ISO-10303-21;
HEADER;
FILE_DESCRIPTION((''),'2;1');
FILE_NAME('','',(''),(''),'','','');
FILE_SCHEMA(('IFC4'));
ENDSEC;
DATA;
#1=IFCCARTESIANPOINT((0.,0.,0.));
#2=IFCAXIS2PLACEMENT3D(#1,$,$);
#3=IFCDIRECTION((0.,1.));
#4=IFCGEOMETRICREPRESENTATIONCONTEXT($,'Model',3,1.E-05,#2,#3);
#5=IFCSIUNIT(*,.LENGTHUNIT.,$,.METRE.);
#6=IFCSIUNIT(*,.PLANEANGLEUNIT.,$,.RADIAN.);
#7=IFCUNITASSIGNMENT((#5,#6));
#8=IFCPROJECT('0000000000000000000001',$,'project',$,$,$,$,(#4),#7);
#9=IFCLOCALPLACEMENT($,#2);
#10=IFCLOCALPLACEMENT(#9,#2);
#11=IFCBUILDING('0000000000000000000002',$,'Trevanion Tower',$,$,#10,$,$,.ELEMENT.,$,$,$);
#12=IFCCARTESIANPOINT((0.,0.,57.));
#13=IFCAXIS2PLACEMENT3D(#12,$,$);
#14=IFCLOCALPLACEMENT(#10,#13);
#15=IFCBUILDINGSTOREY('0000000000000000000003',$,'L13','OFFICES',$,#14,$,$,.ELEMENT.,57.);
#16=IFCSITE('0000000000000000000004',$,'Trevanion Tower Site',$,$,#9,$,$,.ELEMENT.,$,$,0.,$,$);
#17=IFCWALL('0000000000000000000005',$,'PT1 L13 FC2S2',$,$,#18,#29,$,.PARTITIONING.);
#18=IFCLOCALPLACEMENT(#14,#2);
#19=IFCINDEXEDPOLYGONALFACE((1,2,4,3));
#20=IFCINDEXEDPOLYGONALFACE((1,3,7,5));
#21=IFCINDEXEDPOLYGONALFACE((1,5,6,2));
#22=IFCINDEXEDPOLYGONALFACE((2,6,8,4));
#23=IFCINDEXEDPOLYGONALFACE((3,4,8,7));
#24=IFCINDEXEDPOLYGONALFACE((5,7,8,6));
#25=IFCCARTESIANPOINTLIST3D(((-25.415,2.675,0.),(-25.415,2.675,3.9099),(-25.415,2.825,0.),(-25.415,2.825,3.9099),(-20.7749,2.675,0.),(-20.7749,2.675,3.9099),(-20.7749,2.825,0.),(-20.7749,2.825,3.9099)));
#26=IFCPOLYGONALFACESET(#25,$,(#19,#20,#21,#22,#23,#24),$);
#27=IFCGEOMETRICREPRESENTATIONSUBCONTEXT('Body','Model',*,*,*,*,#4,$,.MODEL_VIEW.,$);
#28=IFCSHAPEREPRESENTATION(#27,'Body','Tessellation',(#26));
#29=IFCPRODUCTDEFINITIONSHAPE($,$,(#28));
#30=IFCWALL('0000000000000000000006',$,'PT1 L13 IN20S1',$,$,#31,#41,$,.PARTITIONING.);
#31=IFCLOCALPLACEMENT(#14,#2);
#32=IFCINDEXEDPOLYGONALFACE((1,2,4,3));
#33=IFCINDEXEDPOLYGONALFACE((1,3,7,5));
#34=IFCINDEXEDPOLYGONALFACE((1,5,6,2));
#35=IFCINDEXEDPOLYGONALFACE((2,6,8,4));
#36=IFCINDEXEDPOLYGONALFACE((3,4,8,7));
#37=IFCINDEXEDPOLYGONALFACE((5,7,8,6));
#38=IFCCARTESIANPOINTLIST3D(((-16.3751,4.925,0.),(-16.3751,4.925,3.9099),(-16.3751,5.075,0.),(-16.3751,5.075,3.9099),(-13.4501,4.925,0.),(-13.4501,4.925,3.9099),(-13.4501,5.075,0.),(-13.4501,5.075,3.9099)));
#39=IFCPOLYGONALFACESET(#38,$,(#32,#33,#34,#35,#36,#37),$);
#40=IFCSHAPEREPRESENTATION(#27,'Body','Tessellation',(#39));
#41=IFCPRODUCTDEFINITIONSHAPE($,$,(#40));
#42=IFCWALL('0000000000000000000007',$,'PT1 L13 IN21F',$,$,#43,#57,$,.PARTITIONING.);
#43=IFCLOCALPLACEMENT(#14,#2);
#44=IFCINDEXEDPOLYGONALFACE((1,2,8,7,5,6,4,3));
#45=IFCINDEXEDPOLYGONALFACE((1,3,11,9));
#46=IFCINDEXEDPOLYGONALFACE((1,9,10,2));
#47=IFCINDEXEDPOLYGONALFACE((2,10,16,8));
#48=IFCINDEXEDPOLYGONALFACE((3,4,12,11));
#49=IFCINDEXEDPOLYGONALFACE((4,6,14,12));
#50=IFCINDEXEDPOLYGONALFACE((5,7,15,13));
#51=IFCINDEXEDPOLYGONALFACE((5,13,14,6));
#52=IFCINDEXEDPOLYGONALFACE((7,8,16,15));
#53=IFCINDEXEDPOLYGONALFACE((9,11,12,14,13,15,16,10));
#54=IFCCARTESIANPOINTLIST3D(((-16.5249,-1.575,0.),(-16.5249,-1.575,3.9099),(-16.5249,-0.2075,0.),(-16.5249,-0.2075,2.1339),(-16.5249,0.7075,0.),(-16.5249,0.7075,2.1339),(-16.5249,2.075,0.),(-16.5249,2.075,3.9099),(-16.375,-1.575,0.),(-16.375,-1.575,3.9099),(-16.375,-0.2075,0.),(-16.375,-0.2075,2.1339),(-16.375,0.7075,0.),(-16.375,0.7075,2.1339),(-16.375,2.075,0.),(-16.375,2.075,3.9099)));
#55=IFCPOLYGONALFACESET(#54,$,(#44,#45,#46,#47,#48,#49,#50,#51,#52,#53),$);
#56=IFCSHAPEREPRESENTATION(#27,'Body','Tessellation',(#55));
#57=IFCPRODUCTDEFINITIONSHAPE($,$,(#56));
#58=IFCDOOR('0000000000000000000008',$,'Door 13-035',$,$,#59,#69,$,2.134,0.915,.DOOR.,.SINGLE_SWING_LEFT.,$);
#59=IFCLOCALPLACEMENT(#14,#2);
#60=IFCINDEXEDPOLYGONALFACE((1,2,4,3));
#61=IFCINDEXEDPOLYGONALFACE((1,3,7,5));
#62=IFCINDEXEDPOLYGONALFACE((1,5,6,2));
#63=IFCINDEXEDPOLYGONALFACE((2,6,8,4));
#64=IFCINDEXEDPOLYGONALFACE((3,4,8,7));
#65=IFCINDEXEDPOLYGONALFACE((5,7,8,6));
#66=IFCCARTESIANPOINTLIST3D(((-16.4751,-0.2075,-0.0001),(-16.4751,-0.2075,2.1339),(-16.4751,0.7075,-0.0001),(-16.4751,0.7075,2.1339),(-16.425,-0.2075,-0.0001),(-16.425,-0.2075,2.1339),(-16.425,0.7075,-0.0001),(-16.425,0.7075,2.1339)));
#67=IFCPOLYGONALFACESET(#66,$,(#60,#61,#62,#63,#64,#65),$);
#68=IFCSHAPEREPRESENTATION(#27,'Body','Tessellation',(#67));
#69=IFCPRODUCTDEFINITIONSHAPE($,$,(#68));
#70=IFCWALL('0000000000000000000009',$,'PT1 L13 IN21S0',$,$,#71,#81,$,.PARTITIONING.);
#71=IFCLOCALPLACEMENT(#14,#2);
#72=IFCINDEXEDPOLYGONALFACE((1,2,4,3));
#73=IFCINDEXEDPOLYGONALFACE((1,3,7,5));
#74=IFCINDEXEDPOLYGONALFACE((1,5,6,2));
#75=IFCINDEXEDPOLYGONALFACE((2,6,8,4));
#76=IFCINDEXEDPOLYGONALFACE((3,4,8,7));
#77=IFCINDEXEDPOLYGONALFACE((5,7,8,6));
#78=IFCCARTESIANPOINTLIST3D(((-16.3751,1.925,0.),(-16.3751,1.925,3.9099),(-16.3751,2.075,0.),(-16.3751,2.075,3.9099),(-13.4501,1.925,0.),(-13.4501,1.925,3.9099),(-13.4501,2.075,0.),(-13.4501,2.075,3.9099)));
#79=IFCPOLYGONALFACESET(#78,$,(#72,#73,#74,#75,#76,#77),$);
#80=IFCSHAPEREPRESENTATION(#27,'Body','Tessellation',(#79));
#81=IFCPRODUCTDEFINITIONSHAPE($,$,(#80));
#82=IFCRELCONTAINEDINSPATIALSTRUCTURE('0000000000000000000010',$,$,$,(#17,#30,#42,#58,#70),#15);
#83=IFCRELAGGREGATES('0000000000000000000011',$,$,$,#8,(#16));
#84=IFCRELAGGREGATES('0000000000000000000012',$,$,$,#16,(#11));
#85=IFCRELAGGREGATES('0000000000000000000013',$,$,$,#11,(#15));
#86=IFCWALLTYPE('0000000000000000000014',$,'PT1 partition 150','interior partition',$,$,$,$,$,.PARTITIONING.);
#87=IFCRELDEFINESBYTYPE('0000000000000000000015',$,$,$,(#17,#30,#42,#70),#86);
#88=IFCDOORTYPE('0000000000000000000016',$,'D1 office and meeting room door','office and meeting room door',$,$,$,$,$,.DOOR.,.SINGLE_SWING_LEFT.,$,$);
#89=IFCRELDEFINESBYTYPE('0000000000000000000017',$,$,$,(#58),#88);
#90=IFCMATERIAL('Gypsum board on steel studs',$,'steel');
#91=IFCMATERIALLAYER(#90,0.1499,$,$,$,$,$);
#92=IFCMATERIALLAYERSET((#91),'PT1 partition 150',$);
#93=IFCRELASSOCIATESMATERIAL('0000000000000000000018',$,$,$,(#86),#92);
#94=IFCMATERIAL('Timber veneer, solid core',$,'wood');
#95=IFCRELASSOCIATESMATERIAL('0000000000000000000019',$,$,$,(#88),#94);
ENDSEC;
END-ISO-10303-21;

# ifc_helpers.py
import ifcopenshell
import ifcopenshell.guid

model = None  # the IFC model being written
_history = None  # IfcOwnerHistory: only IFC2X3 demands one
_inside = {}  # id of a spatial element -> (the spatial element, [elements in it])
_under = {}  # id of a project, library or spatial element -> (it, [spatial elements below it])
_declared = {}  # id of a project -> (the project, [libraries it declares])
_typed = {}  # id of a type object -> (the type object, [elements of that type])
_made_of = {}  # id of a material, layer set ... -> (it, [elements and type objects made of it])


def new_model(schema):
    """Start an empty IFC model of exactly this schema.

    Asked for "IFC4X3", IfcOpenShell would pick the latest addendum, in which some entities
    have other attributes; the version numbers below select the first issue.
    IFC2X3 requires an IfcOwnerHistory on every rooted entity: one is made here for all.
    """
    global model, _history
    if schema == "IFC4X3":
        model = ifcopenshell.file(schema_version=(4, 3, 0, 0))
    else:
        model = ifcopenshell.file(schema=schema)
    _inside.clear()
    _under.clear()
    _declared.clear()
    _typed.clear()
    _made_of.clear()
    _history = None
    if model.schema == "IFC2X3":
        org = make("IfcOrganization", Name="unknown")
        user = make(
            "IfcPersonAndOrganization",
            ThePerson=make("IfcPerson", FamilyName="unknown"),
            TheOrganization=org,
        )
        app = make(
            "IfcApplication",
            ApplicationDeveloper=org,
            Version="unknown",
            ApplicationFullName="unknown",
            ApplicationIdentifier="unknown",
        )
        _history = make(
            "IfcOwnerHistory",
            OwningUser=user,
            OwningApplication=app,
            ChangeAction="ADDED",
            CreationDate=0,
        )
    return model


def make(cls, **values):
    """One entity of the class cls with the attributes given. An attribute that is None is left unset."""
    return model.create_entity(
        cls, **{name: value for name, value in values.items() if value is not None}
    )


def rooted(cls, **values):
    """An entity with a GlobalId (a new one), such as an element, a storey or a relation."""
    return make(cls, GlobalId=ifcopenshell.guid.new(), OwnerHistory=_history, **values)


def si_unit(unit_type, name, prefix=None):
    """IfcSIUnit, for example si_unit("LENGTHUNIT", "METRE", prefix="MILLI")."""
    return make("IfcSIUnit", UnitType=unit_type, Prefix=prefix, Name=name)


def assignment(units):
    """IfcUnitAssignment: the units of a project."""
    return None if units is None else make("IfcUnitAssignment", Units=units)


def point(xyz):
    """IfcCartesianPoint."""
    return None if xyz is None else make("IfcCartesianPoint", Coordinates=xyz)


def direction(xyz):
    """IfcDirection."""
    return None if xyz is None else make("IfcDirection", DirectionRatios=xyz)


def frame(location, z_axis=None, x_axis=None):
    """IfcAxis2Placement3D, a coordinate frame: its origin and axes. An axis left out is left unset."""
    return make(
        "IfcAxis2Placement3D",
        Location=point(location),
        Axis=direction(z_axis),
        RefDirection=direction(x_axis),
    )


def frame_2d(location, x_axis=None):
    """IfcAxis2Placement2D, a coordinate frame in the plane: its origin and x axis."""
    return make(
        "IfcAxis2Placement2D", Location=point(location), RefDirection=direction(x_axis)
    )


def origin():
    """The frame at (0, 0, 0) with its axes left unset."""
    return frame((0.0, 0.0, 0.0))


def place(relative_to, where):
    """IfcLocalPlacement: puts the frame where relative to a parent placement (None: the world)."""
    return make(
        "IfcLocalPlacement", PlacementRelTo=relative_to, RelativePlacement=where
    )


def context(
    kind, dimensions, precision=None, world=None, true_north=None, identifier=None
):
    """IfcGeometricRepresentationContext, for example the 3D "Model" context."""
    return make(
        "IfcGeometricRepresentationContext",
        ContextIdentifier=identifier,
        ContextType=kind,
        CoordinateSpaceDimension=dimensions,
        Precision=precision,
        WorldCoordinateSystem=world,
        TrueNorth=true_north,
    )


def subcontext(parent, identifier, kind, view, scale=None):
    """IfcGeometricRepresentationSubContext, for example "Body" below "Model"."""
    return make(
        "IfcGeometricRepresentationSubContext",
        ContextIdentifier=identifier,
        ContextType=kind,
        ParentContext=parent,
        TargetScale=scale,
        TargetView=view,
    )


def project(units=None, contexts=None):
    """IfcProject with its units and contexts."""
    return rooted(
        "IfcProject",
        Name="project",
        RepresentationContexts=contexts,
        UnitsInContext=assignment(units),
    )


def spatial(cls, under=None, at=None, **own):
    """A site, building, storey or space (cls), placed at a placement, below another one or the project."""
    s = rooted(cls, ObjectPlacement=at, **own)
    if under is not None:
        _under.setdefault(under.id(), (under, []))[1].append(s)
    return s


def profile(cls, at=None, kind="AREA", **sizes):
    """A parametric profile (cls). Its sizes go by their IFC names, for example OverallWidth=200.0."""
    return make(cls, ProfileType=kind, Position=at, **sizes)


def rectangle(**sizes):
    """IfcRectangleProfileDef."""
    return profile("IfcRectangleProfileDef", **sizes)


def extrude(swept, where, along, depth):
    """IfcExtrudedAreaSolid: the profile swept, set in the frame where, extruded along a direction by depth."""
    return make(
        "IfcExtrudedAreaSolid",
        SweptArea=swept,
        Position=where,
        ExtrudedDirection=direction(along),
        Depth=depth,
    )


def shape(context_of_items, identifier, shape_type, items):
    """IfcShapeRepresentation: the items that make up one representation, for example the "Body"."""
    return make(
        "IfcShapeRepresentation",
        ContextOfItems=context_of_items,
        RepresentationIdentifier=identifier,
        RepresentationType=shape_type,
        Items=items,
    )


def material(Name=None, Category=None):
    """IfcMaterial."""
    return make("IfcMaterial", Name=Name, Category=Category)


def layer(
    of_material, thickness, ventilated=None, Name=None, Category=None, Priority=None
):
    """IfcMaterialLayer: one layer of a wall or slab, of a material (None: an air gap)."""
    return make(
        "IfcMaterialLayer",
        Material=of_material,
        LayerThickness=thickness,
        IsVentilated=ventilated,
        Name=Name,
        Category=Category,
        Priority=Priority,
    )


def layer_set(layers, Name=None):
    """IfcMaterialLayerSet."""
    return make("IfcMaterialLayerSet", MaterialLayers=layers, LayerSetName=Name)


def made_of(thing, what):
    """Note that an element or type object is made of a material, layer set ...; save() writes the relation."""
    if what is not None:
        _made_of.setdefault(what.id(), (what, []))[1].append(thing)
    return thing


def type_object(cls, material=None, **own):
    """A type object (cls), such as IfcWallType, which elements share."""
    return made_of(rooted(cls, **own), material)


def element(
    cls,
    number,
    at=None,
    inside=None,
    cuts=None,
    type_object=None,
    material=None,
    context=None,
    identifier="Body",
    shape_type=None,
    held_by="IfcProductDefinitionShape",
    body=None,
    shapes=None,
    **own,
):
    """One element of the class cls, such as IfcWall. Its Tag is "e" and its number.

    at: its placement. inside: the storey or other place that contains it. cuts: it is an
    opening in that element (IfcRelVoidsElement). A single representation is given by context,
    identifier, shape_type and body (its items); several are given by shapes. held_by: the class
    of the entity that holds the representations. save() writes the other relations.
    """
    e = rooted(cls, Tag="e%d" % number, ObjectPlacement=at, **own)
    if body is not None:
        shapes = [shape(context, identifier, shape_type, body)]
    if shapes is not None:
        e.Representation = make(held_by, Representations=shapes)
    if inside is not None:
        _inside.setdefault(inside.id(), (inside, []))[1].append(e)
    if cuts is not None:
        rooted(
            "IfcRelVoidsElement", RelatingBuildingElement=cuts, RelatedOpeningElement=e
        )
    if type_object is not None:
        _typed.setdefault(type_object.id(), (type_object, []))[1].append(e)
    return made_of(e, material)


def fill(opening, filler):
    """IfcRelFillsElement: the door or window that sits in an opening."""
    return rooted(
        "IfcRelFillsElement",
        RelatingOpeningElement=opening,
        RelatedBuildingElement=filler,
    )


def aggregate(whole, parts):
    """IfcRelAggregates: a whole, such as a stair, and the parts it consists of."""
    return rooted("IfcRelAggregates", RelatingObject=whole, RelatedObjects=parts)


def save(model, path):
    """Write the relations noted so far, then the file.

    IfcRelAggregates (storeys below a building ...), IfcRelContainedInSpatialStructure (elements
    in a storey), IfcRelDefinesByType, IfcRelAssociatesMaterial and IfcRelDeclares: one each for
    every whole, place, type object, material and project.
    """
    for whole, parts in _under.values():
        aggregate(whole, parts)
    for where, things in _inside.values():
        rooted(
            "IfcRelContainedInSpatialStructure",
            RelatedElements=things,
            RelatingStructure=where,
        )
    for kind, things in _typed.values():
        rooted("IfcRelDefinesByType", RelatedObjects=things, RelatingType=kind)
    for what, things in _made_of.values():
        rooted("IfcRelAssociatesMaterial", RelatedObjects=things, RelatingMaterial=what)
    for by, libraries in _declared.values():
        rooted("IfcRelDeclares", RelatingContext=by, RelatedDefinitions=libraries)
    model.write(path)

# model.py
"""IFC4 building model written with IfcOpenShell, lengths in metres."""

from ifc_helpers import new_model, si_unit, direction, frame, frame_2d, origin, place, context, subcontext, project, spatial, rectangle, extrude, material, layer, layer_set, type_object, element, fill, save


model = new_model("IFC4")

# Units and contexts
model_context = context("Model", 3, precision=1e-05, world=origin(), true_north=direction((0.0, 1.0)))
body_context = subcontext(model_context, "Body", "Model", "MODEL_VIEW")
ifc_project = project(units=[si_unit("LENGTHUNIT", "METRE"), si_unit("PLANEANGLEUNIT", "RADIAN")], contexts=[model_context])

# Site, building, storey
site_placement = place(None, origin())
site = spatial("IfcSite", under=ifc_project, at=site_placement, Name="Trevanion Tower Site", CompositionType="ELEMENT", RefElevation=0.0)
building_placement = place(site_placement, origin())
building = spatial("IfcBuilding", under=site, at=building_placement, Name="Trevanion Tower", CompositionType="ELEMENT")
storey_placement = place(building_placement, frame((0.0, 0.0, 57.0)))
storey = spatial("IfcBuildingStorey", under=building, at=storey_placement, Name="L13", Description="OFFICES", CompositionType="ELEMENT", Elevation=57.0)

# Walls
ifc_material_1 = material(Name="Gypsum board on steel studs", Category="steel")
ifc_layer_1 = layer(ifc_material_1, 0.1499)
ifc_layer_set_1 = layer_set([ifc_layer_1], Name="PT1 partition 150")
wall_type = type_object("IfcWallType", Name="PT1 partition 150", Description="interior partition", PredefinedType="PARTITIONING", material=ifc_layer_set_1)
for number, where, z_axis, x_axis, name in (
    (1, (-20.7749, 2.75, 0.0), (0.0, 0.0, 1.0), (-1.0, 0.0, 0.0), "PT1 L13 FC2S2"),
):
    element("IfcWall", number, at=place(storey_placement, frame(where, z_axis=z_axis, x_axis=x_axis)), inside=storey, type_object=wall_type, Name=name, PredefinedType="PARTITIONING", context=body_context, shape_type="SweptSolid", body=[
        extrude(rectangle(XDim=4.6401, YDim=0.1499, at=frame_2d((2.3201, 0.0))), origin(), (0.0, 0.0, 1.0), 3.9099),
    ])
wall_1_placement = place(storey_placement, frame((-16.375, 5.0, 0.0), z_axis=(0.0, 0.0, 1.0), x_axis=(1.0, 0.0, 0.0)))
element("IfcWall", 2, at=wall_1_placement, inside=storey, type_object=wall_type, Name="PT1 L13 IN20S1", PredefinedType="PARTITIONING", context=body_context, shape_type="SweptSolid", body=[
    extrude(rectangle(XDim=2.925, YDim=0.1499, at=frame_2d((1.4624, 0.0))), origin(), (0.0, 0.0, 1.0), 3.9099),
])

# Wall, opening, door
wall_2_placement = place(storey_placement, frame((-16.45, 2.075, 0.0), z_axis=(0.0, 0.0, 1.0), x_axis=(0.0, -1.0, 0.0)))
wall_2 = element("IfcWall", 3, at=wall_2_placement, inside=storey, type_object=wall_type, Name="PT1 L13 IN21F", PredefinedType="PARTITIONING", context=body_context, shape_type="SweptSolid", body=[
    extrude(rectangle(XDim=3.6499, YDim=0.1499, at=frame_2d((1.825, 0.0))), origin(), (0.0, 0.0, 1.0), 3.9099),
])
opening_placement = place(wall_2_placement, frame((1.3674, 0.0, 0.0)))
opening = element("IfcOpeningElement", 4, at=opening_placement, cuts=wall_2, PredefinedType="OPENING", context=body_context, shape_type="SweptSolid", body=[
    extrude(rectangle(XDim=0.915, YDim=2.134, at=frame_2d((0.4575, 1.0669))), frame((0.0, 0.085, 0.0), z_axis=(0.0, -1.0, 0.0), x_axis=(1.0, 0.0, 0.0)), (0.0, 0.0, 1.0), 0.1699),
])
ifc_material_2 = material(Name="Timber veneer, solid core", Category="wood")
door_type = type_object("IfcDoorType", Name="D1 office and meeting room door", Description="office and meeting room door", OperationType="SINGLE_SWING_LEFT", PredefinedType="DOOR", material=ifc_material_2)
door_placement = place(opening_placement, origin())
door = element("IfcDoor", 5, at=door_placement, inside=storey, type_object=door_type, Name="Door 13-035", OperationType="SINGLE_SWING_LEFT", OverallHeight=2.134, OverallWidth=0.915, PredefinedType="DOOR", context=body_context, shape_type="SweptSolid", body=[
    extrude(rectangle(XDim=0.915, YDim=2.134, at=frame_2d((0.4575, 1.0669))), frame((0.0, 0.0249, 0.0), z_axis=(0.0, -1.0, 0.0), x_axis=(1.0, 0.0, 0.0)), (0.0, 0.0, 1.0), 0.05),
])
fill(opening, door)

# Wall
wall_3_placement = place(storey_placement, frame((-16.375, 2.0, 0.0), z_axis=(0.0, 0.0, 1.0), x_axis=(1.0, 0.0, 0.0)))
element("IfcWall", 6, at=wall_3_placement, inside=storey, type_object=wall_type, Name="PT1 L13 IN21S0", PredefinedType="PARTITIONING", context=body_context, shape_type="SweptSolid", body=[
    extrude(rectangle(XDim=2.925, YDim=0.1499, at=frame_2d((1.4624, 0.0))), origin(), (0.0, 0.0, 1.0), 3.9099),
])

save(model, "model.ifc")
